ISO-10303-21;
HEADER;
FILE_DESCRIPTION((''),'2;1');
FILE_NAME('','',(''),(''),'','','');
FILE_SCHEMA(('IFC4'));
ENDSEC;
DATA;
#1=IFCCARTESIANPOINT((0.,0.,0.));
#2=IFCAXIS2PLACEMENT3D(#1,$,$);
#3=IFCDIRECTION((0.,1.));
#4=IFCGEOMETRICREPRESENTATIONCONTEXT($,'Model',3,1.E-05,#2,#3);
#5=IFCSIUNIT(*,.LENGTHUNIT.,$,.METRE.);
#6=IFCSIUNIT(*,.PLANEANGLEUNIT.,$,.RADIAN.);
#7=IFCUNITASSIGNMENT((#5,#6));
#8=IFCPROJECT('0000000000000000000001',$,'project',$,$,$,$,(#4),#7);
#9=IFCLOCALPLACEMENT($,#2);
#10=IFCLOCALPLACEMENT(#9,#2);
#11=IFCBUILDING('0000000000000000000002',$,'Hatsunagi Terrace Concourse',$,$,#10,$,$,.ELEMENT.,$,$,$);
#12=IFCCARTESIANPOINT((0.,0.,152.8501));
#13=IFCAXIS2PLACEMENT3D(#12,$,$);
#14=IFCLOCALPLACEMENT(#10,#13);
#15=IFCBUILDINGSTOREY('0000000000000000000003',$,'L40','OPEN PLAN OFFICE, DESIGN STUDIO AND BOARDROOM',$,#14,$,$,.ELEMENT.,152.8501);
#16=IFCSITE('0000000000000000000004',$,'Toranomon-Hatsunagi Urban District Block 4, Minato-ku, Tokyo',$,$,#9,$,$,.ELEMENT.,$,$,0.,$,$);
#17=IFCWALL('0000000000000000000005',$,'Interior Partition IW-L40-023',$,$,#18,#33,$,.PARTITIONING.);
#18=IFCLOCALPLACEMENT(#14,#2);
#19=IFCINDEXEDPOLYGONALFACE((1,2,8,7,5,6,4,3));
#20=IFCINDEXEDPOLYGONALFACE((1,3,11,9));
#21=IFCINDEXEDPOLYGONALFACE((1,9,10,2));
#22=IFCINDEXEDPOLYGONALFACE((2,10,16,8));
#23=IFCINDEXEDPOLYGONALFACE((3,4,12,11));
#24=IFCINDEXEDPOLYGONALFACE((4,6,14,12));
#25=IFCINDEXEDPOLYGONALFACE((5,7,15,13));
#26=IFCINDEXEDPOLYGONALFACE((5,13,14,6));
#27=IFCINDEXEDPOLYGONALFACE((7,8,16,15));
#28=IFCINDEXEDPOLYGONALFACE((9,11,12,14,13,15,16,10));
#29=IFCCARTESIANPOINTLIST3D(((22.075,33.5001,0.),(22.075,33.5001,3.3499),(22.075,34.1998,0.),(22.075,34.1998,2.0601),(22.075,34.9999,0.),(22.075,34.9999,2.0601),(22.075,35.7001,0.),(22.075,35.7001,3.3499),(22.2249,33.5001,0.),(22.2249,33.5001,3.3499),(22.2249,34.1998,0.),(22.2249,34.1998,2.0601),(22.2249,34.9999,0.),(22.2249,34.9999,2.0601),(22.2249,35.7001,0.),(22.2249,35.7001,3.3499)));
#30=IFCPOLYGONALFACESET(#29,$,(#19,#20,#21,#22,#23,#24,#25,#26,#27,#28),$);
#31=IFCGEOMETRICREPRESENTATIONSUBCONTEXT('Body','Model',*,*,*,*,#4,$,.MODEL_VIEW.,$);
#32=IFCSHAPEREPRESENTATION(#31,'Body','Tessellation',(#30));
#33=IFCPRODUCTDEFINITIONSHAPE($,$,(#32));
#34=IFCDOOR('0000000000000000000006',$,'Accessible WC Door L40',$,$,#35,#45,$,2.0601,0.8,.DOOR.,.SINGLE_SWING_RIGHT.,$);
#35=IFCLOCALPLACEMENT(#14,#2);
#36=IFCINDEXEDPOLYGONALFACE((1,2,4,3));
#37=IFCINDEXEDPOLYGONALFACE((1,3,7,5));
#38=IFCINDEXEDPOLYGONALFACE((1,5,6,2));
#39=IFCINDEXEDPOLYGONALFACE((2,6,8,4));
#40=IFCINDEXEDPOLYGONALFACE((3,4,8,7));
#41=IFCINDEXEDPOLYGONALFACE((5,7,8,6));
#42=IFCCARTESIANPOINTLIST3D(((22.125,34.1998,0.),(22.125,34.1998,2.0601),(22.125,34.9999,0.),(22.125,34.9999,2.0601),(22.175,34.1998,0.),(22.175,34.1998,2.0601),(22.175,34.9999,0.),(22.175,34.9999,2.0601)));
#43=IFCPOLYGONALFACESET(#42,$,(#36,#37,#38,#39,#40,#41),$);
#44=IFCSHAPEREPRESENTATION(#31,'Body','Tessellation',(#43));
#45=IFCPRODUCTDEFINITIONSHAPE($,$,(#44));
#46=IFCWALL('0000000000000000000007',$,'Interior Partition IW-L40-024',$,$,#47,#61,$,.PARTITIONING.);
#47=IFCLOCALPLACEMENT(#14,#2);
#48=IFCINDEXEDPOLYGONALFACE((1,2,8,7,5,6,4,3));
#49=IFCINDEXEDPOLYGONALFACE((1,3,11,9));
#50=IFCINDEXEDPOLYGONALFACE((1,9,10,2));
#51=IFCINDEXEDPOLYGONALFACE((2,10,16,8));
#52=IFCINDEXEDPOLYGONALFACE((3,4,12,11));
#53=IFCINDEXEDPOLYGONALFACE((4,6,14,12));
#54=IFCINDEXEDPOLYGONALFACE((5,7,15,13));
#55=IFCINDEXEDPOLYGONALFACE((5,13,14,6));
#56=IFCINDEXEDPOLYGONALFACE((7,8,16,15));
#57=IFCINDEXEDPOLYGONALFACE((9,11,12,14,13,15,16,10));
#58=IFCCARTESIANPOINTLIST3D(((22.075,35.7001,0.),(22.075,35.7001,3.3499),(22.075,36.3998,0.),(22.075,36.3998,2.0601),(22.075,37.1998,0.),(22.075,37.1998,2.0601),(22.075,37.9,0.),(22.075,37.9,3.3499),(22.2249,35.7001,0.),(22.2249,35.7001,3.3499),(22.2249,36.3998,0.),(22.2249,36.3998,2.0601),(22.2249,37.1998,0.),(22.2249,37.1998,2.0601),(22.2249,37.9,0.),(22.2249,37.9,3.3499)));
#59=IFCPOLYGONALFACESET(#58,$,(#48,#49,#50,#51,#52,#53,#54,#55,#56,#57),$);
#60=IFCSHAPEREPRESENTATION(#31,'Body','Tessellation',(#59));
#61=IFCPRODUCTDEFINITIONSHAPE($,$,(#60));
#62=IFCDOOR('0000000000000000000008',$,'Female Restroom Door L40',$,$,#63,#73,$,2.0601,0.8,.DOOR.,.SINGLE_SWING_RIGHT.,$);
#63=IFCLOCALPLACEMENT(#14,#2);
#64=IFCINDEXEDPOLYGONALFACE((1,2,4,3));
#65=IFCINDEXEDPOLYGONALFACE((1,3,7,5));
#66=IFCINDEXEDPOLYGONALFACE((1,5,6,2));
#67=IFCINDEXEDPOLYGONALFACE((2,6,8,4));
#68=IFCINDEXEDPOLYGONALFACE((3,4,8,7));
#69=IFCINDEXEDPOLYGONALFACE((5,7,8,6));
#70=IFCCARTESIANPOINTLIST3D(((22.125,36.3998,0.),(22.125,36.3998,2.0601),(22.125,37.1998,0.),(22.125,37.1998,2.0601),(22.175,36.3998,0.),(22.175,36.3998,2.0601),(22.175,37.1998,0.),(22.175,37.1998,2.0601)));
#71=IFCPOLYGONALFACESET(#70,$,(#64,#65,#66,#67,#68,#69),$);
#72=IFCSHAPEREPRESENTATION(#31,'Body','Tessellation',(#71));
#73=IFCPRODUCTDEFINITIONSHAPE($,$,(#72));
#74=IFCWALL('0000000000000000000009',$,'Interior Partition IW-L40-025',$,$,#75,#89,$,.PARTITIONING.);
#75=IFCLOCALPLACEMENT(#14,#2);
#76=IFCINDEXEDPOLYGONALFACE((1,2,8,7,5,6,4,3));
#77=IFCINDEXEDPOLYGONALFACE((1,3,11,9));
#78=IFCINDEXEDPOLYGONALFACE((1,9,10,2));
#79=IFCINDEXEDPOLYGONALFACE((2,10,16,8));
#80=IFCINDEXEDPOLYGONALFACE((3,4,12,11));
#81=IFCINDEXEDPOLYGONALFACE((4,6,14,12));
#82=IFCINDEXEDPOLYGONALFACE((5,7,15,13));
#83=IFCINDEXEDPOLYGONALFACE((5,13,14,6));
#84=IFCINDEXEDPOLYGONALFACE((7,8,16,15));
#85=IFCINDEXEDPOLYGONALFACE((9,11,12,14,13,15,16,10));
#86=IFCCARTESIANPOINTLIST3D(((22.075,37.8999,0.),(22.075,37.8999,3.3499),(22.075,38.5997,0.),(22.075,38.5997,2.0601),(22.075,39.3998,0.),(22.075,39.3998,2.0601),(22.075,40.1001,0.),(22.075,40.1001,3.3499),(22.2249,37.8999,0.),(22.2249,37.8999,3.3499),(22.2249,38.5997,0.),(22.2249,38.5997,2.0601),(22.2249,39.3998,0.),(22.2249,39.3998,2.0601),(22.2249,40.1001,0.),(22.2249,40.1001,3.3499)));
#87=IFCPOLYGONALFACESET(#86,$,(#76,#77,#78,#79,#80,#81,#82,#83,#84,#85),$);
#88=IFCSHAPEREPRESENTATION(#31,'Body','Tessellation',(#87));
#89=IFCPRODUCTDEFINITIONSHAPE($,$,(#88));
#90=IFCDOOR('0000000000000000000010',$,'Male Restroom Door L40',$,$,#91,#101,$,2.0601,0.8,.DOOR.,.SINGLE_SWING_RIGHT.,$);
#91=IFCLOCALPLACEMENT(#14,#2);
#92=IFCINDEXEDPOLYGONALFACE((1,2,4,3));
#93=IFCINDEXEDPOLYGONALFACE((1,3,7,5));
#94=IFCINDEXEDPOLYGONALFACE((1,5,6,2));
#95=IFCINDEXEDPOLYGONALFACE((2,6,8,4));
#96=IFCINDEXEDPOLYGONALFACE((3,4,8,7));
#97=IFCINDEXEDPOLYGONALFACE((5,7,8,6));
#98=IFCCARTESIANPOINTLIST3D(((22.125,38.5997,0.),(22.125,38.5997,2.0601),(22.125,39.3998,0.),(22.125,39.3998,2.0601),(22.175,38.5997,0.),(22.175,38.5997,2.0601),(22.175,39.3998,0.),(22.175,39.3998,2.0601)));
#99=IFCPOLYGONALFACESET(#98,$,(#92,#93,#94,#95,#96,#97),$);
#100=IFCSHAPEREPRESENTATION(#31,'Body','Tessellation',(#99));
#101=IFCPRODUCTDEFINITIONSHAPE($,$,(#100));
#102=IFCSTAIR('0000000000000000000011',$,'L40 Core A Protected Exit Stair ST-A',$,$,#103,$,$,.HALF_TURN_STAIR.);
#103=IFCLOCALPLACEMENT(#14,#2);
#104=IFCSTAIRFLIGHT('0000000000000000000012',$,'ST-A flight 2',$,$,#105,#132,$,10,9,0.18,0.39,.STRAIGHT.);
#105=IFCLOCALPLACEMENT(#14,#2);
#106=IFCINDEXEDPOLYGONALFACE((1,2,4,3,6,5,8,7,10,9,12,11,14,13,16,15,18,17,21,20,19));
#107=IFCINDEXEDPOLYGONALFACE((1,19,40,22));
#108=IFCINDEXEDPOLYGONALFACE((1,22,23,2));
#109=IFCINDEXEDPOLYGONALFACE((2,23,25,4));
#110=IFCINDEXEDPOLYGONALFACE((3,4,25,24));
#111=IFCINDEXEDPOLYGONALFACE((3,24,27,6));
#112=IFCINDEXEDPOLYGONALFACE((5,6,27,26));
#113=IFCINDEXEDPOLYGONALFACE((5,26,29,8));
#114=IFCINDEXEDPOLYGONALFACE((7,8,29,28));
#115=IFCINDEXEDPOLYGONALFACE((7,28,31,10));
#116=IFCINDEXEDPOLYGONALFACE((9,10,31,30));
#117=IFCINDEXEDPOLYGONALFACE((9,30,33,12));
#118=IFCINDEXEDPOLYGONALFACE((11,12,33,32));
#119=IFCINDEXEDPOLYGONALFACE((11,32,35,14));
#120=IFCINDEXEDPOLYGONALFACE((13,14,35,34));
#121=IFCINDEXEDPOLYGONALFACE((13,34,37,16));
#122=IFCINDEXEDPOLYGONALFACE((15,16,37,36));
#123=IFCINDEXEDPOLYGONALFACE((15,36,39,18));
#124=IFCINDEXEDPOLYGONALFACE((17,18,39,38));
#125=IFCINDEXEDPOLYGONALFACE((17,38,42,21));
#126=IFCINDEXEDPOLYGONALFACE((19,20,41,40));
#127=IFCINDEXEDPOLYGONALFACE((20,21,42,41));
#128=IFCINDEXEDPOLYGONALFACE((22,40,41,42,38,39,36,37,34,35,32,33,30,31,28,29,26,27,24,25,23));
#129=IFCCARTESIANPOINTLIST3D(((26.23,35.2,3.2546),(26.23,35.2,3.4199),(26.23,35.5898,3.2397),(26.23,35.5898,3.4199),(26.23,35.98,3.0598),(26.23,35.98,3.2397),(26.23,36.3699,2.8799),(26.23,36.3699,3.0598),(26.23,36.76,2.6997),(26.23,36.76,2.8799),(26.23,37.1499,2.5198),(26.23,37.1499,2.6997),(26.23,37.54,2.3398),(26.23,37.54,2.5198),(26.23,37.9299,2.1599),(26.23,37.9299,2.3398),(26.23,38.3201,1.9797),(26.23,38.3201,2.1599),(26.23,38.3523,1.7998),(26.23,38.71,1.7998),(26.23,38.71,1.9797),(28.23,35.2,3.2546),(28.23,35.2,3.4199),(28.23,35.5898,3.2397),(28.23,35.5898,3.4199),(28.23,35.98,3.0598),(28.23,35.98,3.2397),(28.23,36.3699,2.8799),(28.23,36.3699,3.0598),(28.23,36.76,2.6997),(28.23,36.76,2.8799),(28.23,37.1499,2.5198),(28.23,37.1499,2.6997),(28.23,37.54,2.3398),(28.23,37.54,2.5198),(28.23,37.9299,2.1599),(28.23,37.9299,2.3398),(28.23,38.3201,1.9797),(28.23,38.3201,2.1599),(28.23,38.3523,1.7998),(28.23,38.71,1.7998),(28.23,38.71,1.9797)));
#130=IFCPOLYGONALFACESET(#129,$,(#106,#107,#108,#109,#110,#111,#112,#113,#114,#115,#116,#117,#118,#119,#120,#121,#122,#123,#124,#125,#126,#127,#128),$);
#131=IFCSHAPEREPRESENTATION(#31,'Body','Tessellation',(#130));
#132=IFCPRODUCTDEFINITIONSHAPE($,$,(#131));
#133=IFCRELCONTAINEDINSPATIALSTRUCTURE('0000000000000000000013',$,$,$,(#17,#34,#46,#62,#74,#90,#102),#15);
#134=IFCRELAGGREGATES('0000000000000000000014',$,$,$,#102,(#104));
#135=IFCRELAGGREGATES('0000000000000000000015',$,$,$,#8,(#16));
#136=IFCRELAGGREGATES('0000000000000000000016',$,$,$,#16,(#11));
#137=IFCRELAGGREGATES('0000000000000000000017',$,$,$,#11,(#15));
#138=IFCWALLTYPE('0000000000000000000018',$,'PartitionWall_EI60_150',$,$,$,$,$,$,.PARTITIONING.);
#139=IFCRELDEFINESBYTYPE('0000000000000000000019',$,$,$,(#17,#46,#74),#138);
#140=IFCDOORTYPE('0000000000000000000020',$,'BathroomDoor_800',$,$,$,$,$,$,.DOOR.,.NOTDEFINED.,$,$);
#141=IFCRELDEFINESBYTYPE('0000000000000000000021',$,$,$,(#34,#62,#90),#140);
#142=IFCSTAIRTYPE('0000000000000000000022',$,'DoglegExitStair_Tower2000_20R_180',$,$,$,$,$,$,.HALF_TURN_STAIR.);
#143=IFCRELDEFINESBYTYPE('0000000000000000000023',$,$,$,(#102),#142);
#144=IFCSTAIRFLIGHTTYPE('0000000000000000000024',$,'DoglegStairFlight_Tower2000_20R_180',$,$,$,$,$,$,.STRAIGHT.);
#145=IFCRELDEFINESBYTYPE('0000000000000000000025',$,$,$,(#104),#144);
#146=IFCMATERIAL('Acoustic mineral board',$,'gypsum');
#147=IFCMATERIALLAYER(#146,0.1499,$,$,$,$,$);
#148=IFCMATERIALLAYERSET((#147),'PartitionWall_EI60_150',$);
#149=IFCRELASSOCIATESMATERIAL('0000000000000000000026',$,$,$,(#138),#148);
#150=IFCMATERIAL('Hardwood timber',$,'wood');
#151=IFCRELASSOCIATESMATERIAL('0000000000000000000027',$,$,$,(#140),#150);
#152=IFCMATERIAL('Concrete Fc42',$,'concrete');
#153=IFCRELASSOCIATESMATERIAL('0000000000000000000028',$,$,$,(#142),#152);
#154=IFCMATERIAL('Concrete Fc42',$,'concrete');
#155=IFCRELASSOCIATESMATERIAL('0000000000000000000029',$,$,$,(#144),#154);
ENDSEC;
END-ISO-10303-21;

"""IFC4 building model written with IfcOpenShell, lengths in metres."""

from ifc_helpers import new_model, si_unit, direction, frame, frame_2d, origin, place, context, subcontext, project, spatial, polyline, rectangle, outline, extrude, material, layer, layer_set, type_object, element, fill, aggregate, save


model = new_model("IFC4")

# Units and contexts
model_context = context("Model", 3, precision=1e-05, world=origin(), true_north=direction((0.0, 1.0)))
body_context = subcontext(model_context, "Body", "Model", "MODEL_VIEW")
ifc_project = project(units=[si_unit("LENGTHUNIT", "METRE"), si_unit("PLANEANGLEUNIT", "RADIAN")], contexts=[model_context])

# Site, building, storey
site_placement = place(None, origin())
site = spatial("IfcSite", under=ifc_project, at=site_placement, Name="Toranomon-Hatsunagi Urban District Block 4, Minato-ku, Tokyo", CompositionType="ELEMENT", RefElevation=0.0)
building_placement = place(site_placement, origin())
building = spatial("IfcBuilding", under=site, at=building_placement, Name="Hatsunagi Terrace Concourse", CompositionType="ELEMENT")
storey_placement = place(building_placement, frame((0.0, 0.0, 152.8501)))
storey = spatial("IfcBuildingStorey", under=building, at=storey_placement, Name="L40", Description="OPEN PLAN OFFICE, DESIGN STUDIO AND BOARDROOM", CompositionType="ELEMENT", Elevation=152.8501)

# Shared definitions
ifc_material_1 = material(Name="Acoustic mineral board", Category="gypsum")
ifc_layer_1 = layer(ifc_material_1, 0.1499)
ifc_layer_set_1 = layer_set([ifc_layer_1], Name="PartitionWall_EI60_150")
wall_type_1 = type_object("IfcWallType", Name="PartitionWall_EI60_150", PredefinedType="PARTITIONING", material=ifc_layer_set_1)

# Walls, openings, doors
wall_1_placement = place(storey_placement, frame((22.1499, 33.5, 0.0), z_axis=(0.0, 0.0, 1.0), x_axis=(0.0, 1.0, 0.0)))
wall_1 = element("IfcWall", 1, at=wall_1_placement, inside=storey, type_object=wall_type_1, Name="Interior Partition IW-L40-023", PredefinedType="PARTITIONING", context=body_context, shape_type="SweptSolid", body=[
    extrude(rectangle(XDim=2.2, YDim=0.1499, at=frame_2d((1.1001, 0.0))), origin(), (0.0, 0.0, 1.0), 3.3499),
])
opening_1_placement = place(wall_1_placement, frame((0.7, 0.0, 0.0)))
opening_1 = element("IfcOpeningElement", 2, at=opening_1_placement, cuts=wall_1, PredefinedType="OPENING", context=body_context, shape_type="SweptSolid", body=[
    extrude(rectangle(XDim=0.8, YDim=2.0601, at=frame_2d((0.3999, 1.03))), frame((0.0, 0.085, 0.0), z_axis=(0.0, -1.0, 0.0), x_axis=(1.0, 0.0, 0.0)), (0.0, 0.0, 1.0), 0.1699),
])
ifc_material_2 = material(Name="Hardwood timber", Category="wood")
door_type_1 = type_object("IfcDoorType", Name="BathroomDoor_800", OperationType="NOTDEFINED", PredefinedType="DOOR", material=ifc_material_2)
door_1_placement = place(opening_1_placement, origin())
door_1 = element("IfcDoor", 3, at=door_1_placement, inside=storey, type_object=door_type_1, Name="Accessible WC Door L40", OperationType="SINGLE_SWING_RIGHT", OverallHeight=2.0601, OverallWidth=0.8, PredefinedType="DOOR", context=body_context, shape_type="SweptSolid", body=[
    extrude(rectangle(XDim=0.8, YDim=2.0601, at=frame_2d((0.3999, 1.03))), frame((0.0, 0.0249, 0.0), z_axis=(0.0, -1.0, 0.0), x_axis=(1.0, 0.0, 0.0)), (0.0, 0.0, 1.0), 0.05),
])
fill(opening_1, door_1)
wall_2_placement = place(storey_placement, frame((22.1499, 35.7, 0.0), z_axis=(0.0, 0.0, 1.0), x_axis=(0.0, 1.0, 0.0)))
wall_2 = element("IfcWall", 4, at=wall_2_placement, inside=storey, type_object=wall_type_1, Name="Interior Partition IW-L40-024", PredefinedType="PARTITIONING", context=body_context, shape_type="SweptSolid", body=[
    extrude(rectangle(XDim=2.2, YDim=0.1499, at=frame_2d((1.1001, 0.0))), origin(), (0.0, 0.0, 1.0), 3.3499),
])
opening_2_placement = place(wall_2_placement, frame((0.7, 0.0, 0.0)))
opening_2 = element("IfcOpeningElement", 5, at=opening_2_placement, cuts=wall_2, PredefinedType="OPENING", context=body_context, shape_type="SweptSolid", body=[
    extrude(rectangle(XDim=0.8, YDim=2.0601, at=frame_2d((0.3999, 1.03))), frame((0.0, 0.085, 0.0), z_axis=(0.0, -1.0, 0.0), x_axis=(1.0, 0.0, 0.0)), (0.0, 0.0, 1.0), 0.1699),
])
door_2_placement = place(opening_2_placement, origin())
door_2 = element("IfcDoor", 6, at=door_2_placement, inside=storey, type_object=door_type_1, Name="Female Restroom Door L40", OperationType="SINGLE_SWING_RIGHT", OverallHeight=2.0601, OverallWidth=0.8, PredefinedType="DOOR", context=body_context, shape_type="SweptSolid", body=[
    extrude(rectangle(XDim=0.8, YDim=2.0601, at=frame_2d((0.3999, 1.03))), frame((0.0, 0.0249, 0.0), z_axis=(0.0, -1.0, 0.0), x_axis=(1.0, 0.0, 0.0)), (0.0, 0.0, 1.0), 0.05),
])
fill(opening_2, door_2)
wall_3_placement = place(storey_placement, frame((22.1499, 37.8999, 0.0), z_axis=(0.0, 0.0, 1.0), x_axis=(0.0, 1.0, 0.0)))
wall_3 = element("IfcWall", 7, at=wall_3_placement, inside=storey, type_object=wall_type_1, Name="Interior Partition IW-L40-025", PredefinedType="PARTITIONING", context=body_context, shape_type="SweptSolid", body=[
    extrude(rectangle(XDim=2.2002, YDim=0.1499, at=frame_2d((1.1001, 0.0))), origin(), (0.0, 0.0, 1.0), 3.3499),
])
opening_3_placement = place(wall_3_placement, frame((0.7, 0.0, 0.0)))
opening_3 = element("IfcOpeningElement", 8, at=opening_3_placement, cuts=wall_3, PredefinedType="OPENING", context=body_context, shape_type="SweptSolid", body=[
    extrude(rectangle(XDim=0.8, YDim=2.0601, at=frame_2d((0.3999, 1.03))), frame((0.0, 0.085, 0.0), z_axis=(0.0, -1.0, 0.0), x_axis=(1.0, 0.0, 0.0)), (0.0, 0.0, 1.0), 0.1699),
])
door_3_placement = place(opening_3_placement, origin())
door_3 = element("IfcDoor", 9, at=door_3_placement, inside=storey, type_object=door_type_1, Name="Male Restroom Door L40", OperationType="SINGLE_SWING_RIGHT", OverallHeight=2.0601, OverallWidth=0.8, PredefinedType="DOOR", context=body_context, shape_type="SweptSolid", body=[
    extrude(rectangle(XDim=0.8, YDim=2.0601, at=frame_2d((0.3999, 1.03))), frame((0.0, 0.0249, 0.0), z_axis=(0.0, -1.0, 0.0), x_axis=(1.0, 0.0, 0.0)), (0.0, 0.0, 1.0), 0.05),
])
fill(opening_3, door_3)

# Stair, stair flight
ifc_material_3 = material(Name="Concrete Fc42", Category="concrete")
stair_type = type_object("IfcStairType", Name="DoglegExitStair_Tower2000_20R_180", PredefinedType="HALF_TURN_STAIR", material=ifc_material_3)
stair_placement = place(storey_placement, origin())
stair = element("IfcStair", 10, at=stair_placement, inside=storey, type_object=stair_type, Name="L40 Core A Protected Exit Stair ST-A", PredefinedType="HALF_TURN_STAIR")
ifc_material_4 = material(Name="Concrete Fc42", Category="concrete")
stair_flight_type = type_object("IfcStairFlightType", Name="DoglegStairFlight_Tower2000_20R_180", PredefinedType="STRAIGHT", material=ifc_material_4)
stair_flight_placement = place(storey_placement, frame((27.23, 38.71, 1.7998), z_axis=(0.0, 0.0, 1.0), x_axis=(0.0, -1.0, 0.0)))
stair_flight = element("IfcStairFlight", 11, at=stair_flight_placement, type_object=stair_flight_type, Name="ST-A flight 2", NumberOfRisers=10, NumberOfTreads=9, PredefinedType="STRAIGHT", RiserHeight=0.18, TreadLength=0.39, context=body_context, shape_type="SweptSolid", body=[
    extrude(outline(polyline([(0.0, 0.0), (0.0, 0.1799), (0.3899, 0.1799), (0.3899, 0.3601), (0.78, 0.3601), (0.78, 0.54), (1.1699, 0.54), (1.1699, 0.72), (1.5601, 0.72), (1.5601, 0.8999), (1.95, 0.8999), (1.95, 1.0801), (2.3401, 1.0801), (2.3401, 1.26), (2.73, 1.26), (2.73, 1.4399), (3.1201, 1.4399), (3.1201, 1.6201), (3.51, 1.6201), (3.51, 1.8), (3.51, 1.4548), (0.3577, 0.0), (0.0, 0.0)])), frame((0.0, 1.0, 0.0), z_axis=(0.0, -1.0, 0.0), x_axis=(1.0, 0.0, 0.0)), (0.0, 0.0, 1.0), 2.0),
])
aggregate(stair, [stair_flight])

save(model, "model.ifc")
